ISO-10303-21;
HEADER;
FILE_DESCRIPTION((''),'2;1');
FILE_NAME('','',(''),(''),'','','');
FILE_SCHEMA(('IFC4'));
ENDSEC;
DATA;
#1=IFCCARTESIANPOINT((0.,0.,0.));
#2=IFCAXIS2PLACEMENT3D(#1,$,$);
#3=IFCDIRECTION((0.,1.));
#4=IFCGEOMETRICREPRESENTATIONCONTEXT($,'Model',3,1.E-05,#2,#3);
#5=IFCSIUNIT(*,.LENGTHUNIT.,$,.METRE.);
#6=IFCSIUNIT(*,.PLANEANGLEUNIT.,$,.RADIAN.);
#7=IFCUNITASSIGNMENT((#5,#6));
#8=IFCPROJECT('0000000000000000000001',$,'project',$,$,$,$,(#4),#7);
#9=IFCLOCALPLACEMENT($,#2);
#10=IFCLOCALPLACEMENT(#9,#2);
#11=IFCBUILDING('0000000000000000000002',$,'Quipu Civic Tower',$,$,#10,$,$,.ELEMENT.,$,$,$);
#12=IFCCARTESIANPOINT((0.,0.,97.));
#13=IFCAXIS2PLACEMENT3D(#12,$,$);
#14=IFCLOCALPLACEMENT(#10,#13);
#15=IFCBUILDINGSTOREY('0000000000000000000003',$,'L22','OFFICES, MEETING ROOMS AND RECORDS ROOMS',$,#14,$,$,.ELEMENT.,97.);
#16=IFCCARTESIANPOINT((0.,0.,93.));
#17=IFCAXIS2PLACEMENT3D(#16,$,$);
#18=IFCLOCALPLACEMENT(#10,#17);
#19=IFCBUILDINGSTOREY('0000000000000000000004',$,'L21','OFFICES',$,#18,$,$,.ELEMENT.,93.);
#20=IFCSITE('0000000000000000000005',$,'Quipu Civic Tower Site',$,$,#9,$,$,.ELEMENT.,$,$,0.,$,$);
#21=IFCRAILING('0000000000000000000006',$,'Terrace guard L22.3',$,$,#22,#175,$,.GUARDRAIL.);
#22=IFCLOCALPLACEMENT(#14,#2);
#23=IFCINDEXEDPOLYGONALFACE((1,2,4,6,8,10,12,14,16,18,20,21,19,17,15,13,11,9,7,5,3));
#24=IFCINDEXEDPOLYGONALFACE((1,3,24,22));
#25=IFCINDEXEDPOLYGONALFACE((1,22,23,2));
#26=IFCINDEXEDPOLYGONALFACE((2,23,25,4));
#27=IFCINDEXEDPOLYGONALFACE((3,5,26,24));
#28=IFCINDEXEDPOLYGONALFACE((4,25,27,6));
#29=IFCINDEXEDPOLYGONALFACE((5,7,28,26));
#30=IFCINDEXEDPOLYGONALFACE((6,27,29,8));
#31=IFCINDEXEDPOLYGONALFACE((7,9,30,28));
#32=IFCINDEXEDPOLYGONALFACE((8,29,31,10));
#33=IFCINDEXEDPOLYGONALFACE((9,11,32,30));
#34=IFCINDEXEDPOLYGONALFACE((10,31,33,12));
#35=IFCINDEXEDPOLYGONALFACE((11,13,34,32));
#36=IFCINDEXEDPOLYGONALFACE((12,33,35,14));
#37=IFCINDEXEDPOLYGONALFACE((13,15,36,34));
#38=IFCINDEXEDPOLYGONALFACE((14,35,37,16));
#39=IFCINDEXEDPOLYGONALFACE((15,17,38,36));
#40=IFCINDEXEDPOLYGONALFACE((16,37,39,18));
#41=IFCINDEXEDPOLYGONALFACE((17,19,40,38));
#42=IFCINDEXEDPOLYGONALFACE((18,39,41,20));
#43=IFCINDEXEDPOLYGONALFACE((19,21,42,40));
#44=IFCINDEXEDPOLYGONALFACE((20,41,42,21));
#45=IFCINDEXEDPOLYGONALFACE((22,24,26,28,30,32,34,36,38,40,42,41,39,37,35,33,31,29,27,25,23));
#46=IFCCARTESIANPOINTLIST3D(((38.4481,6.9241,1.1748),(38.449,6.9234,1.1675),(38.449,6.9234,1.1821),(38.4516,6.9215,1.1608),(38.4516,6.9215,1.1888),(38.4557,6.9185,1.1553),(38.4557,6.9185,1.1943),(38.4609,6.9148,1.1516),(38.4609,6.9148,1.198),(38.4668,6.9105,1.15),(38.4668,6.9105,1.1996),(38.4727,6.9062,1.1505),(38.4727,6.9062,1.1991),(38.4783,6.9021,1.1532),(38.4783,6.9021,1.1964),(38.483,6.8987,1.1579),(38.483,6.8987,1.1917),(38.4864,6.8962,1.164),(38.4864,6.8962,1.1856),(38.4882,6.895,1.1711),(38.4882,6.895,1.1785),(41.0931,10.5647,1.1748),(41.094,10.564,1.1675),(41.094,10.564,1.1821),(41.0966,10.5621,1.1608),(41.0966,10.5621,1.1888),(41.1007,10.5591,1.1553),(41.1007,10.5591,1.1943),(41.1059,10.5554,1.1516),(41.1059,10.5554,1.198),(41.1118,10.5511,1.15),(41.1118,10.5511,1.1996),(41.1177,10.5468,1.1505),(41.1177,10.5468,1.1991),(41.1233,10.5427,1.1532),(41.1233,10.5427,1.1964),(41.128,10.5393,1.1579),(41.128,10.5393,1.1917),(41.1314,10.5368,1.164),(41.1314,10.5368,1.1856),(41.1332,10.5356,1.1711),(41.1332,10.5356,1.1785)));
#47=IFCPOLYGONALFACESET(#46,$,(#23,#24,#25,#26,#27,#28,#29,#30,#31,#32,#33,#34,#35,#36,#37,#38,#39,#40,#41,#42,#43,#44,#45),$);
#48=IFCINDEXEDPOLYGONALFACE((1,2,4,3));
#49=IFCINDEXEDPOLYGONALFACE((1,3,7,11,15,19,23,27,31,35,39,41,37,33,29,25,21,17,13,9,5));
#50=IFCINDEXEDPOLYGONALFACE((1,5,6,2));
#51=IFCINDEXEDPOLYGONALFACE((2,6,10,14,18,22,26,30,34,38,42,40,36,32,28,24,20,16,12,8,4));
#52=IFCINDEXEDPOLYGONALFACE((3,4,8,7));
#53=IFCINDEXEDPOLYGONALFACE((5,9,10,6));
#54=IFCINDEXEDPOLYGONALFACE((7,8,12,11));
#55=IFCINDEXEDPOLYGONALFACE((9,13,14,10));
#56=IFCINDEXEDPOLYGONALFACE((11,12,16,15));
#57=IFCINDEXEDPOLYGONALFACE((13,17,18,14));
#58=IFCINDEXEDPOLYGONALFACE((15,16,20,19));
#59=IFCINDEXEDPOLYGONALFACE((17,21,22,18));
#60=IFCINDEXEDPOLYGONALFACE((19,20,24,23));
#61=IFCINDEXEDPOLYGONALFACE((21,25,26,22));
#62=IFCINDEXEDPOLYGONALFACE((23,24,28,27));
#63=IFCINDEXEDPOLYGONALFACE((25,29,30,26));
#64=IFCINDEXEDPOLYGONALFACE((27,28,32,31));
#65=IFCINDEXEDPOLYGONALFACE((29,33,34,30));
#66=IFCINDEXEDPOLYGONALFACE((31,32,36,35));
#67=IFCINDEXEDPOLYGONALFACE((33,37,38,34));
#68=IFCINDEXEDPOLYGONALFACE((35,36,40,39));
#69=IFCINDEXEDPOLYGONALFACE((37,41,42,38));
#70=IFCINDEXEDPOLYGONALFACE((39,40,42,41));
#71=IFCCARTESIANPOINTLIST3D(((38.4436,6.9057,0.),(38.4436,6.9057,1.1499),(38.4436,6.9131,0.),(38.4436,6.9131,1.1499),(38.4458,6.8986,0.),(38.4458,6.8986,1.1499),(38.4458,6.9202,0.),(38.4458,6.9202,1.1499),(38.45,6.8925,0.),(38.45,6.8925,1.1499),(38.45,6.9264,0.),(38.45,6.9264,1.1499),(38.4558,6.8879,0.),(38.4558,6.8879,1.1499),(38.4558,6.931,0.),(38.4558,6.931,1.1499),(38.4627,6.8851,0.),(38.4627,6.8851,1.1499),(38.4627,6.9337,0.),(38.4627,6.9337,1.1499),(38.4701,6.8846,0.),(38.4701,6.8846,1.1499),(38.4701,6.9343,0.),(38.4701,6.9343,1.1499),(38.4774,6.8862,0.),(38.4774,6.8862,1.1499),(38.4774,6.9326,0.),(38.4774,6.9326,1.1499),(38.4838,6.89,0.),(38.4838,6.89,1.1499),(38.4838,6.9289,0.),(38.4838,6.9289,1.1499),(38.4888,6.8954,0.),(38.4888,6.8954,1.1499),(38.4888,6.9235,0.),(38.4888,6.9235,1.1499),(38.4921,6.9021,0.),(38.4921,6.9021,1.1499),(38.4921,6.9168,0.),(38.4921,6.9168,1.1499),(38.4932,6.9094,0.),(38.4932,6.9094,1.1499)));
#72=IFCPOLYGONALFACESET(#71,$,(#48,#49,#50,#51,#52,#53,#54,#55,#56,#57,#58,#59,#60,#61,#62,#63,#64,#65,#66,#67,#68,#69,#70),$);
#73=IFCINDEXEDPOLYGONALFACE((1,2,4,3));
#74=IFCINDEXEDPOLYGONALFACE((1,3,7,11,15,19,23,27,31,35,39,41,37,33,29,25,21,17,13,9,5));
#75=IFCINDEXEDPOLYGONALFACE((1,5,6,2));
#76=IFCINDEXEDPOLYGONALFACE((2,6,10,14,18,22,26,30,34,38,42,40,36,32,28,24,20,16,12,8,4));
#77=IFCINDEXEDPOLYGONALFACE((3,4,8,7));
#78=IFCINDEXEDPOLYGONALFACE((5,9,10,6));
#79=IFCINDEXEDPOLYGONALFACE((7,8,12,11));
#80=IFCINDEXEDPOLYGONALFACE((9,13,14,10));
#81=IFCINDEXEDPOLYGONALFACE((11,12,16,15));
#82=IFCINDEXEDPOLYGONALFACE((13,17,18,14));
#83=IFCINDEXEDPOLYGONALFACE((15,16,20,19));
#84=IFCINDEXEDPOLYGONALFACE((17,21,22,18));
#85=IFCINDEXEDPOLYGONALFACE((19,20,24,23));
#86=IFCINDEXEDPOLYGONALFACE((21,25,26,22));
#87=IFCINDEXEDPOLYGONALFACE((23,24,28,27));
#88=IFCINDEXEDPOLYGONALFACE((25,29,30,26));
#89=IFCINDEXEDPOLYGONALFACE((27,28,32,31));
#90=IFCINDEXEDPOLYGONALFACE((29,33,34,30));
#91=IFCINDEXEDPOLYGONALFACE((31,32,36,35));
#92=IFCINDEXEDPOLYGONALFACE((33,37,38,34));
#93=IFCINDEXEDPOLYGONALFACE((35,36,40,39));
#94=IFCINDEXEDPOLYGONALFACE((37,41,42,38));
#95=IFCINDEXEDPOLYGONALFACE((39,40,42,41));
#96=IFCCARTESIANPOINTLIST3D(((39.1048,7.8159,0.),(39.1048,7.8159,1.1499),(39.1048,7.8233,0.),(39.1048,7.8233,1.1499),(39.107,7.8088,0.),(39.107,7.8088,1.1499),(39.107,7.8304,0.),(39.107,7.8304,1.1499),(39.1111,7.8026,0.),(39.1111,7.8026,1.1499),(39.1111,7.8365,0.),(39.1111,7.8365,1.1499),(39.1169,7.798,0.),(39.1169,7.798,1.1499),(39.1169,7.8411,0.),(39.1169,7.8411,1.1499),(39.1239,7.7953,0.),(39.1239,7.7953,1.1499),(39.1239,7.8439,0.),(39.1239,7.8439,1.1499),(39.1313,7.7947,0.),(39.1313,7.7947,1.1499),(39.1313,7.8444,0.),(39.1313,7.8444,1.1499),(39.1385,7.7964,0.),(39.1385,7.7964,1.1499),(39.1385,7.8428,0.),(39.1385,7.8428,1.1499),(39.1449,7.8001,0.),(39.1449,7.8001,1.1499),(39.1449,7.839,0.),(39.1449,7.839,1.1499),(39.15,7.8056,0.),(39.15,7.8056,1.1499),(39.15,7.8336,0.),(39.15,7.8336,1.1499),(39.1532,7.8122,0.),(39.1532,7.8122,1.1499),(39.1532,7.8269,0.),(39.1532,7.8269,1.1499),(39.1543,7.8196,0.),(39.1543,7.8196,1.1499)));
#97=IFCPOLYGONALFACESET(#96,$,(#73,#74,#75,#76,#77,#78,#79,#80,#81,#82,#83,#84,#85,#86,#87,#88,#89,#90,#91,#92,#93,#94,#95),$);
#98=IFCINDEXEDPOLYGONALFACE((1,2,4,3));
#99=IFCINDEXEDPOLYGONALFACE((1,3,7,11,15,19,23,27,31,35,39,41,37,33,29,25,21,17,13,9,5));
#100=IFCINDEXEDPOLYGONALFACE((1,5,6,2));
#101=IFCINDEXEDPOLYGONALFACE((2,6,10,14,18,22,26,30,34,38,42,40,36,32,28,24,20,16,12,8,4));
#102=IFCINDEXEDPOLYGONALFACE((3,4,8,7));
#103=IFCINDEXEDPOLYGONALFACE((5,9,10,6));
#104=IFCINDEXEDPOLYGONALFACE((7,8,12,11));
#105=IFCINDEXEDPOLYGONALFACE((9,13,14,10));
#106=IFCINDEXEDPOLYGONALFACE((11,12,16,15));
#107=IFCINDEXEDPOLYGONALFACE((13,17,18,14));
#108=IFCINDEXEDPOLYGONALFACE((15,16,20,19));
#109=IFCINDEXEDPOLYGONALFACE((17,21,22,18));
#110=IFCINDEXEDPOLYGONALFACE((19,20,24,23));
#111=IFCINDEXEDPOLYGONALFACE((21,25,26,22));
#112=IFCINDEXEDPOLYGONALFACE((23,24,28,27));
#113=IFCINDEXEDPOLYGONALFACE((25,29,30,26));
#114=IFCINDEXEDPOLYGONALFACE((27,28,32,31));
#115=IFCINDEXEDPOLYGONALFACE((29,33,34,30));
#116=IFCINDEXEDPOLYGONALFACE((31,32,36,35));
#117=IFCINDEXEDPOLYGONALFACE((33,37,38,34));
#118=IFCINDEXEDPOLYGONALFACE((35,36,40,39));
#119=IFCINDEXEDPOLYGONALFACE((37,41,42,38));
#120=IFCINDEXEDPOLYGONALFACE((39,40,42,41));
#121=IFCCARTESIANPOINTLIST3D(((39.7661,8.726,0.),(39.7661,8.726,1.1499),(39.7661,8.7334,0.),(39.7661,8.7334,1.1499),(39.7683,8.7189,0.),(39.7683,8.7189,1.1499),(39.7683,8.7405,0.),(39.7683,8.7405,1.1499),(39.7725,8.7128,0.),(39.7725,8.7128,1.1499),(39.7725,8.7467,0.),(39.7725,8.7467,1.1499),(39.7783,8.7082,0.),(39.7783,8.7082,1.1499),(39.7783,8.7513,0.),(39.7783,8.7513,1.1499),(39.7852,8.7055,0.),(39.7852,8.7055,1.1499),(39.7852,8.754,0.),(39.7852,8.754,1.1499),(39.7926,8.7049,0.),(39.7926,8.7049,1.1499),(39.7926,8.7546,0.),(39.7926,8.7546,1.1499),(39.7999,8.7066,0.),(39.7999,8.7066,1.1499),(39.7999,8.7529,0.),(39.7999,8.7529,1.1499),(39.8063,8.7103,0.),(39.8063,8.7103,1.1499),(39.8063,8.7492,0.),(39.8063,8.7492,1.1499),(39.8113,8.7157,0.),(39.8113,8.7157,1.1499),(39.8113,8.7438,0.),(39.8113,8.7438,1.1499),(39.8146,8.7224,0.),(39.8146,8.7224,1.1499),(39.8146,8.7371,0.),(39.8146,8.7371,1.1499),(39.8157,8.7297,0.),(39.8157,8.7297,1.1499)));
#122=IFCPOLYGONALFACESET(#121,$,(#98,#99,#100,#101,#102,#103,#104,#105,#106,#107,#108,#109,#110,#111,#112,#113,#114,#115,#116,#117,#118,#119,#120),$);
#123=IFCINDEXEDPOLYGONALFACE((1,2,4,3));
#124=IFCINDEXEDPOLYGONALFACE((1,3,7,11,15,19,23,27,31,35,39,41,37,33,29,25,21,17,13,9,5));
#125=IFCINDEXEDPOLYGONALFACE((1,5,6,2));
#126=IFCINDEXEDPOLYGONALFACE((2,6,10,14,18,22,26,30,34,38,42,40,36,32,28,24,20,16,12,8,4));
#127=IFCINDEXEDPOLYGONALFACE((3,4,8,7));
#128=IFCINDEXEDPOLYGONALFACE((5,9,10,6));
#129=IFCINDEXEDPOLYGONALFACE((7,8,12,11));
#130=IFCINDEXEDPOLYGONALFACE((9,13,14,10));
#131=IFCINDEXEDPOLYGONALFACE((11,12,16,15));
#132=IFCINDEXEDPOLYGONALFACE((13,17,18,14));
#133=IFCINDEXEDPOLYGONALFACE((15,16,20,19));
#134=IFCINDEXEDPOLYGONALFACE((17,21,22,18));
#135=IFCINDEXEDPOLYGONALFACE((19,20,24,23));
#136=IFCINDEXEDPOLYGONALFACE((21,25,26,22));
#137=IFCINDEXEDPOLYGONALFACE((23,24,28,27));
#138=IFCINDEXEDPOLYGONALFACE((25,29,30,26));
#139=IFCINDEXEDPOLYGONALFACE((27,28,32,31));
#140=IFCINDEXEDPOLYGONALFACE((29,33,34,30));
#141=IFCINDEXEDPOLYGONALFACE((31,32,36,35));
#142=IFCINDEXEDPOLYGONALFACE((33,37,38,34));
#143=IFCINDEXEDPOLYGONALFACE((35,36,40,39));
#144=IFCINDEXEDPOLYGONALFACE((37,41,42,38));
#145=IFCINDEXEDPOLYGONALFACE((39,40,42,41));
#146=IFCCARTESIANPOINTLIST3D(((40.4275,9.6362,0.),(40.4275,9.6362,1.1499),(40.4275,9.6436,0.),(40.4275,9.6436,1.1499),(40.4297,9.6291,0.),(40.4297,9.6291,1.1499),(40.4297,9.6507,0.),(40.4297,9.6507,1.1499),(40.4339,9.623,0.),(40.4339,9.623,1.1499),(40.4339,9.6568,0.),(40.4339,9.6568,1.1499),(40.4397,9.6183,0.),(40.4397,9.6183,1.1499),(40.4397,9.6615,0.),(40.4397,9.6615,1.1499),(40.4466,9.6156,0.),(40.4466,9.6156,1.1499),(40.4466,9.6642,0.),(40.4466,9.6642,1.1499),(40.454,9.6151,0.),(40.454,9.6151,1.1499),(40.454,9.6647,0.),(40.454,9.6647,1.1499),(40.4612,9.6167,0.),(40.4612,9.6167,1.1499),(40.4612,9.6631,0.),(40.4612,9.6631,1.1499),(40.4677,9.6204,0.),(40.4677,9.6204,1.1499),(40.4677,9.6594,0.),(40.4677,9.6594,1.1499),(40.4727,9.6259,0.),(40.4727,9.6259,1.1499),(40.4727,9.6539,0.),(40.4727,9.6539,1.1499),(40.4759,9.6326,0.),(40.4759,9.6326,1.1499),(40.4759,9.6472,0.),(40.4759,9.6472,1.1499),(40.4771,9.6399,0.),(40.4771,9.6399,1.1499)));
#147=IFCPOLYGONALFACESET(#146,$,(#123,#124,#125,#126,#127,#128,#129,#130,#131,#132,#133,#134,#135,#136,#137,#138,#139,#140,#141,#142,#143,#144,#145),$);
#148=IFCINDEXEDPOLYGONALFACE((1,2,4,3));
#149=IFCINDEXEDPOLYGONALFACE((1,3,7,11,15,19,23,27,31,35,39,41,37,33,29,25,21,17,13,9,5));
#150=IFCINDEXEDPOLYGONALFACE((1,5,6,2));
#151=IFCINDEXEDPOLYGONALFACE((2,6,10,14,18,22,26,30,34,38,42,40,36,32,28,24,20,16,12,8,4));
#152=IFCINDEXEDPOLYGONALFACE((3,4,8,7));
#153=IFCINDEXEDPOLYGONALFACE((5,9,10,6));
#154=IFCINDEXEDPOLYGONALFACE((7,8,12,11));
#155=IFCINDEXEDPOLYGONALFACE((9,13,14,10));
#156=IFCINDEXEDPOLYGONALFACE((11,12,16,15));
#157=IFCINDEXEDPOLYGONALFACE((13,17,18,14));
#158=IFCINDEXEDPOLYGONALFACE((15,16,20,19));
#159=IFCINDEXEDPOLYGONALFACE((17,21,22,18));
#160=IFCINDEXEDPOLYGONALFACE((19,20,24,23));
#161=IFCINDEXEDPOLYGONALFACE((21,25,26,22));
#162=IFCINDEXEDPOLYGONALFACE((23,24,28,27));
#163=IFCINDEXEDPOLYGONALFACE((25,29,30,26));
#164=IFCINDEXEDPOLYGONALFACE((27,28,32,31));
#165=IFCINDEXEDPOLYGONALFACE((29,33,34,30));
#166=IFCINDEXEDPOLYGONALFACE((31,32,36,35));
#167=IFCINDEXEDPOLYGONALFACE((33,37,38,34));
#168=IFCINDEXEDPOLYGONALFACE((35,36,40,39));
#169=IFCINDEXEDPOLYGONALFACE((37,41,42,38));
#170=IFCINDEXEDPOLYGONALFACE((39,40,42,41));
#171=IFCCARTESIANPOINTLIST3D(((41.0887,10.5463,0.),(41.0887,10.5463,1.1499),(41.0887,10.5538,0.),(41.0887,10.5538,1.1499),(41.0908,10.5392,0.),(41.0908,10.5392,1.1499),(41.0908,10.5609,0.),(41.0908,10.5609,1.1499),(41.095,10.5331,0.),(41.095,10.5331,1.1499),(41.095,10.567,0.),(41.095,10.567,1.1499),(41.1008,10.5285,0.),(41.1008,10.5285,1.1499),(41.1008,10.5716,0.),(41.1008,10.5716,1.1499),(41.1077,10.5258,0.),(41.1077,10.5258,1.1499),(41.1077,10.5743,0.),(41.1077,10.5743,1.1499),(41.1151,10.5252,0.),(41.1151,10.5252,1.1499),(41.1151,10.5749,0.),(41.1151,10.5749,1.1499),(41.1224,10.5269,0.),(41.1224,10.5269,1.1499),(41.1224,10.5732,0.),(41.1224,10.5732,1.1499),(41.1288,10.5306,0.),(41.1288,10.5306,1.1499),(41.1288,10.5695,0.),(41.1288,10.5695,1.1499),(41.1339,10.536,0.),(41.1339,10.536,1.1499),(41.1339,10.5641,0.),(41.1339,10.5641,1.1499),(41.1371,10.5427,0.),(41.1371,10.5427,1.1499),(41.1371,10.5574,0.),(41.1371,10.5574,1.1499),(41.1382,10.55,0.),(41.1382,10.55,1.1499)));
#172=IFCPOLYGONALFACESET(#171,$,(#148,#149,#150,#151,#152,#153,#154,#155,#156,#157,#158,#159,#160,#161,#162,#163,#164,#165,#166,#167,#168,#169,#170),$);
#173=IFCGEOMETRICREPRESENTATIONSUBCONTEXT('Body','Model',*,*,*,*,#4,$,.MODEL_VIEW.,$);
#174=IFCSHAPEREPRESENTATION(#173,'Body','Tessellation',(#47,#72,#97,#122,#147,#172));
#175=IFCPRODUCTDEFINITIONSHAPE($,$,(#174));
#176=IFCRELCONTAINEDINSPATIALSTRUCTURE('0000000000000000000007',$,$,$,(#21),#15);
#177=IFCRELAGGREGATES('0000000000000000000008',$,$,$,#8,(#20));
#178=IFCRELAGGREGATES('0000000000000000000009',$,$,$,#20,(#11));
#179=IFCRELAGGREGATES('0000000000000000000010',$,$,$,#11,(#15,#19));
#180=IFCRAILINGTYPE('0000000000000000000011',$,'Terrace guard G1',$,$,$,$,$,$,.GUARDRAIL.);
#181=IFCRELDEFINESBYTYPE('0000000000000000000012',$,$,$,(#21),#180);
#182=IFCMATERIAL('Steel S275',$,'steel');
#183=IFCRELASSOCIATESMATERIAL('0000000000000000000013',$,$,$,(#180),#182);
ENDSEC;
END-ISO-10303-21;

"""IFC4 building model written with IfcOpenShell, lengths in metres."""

from ifc_helpers import new_model, si_unit, direction, frame, origin, origin_2d, place, context, subcontext, project, spatial, circle, extrude, material, type_object, element, save


model = new_model("IFC4")

# Units and contexts
model_context = context("Model", 3, precision=1e-05, world=origin(), true_north=direction((0.0, 1.0)))
body_context = subcontext(model_context, "Body", "Model", "MODEL_VIEW")
ifc_project = project(units=[si_unit("LENGTHUNIT", "METRE"), si_unit("PLANEANGLEUNIT", "RADIAN")], contexts=[model_context])

# Site, building, storey
site_placement = place(None, origin())
site = spatial("IfcSite", under=ifc_project, at=site_placement, Name="Quipu Civic Tower Site", CompositionType="ELEMENT", RefElevation=0.0)
building_placement = place(site_placement, origin())
building = spatial("IfcBuilding", under=site, at=building_placement, Name="Quipu Civic Tower", CompositionType="ELEMENT")
storey_1_placement = place(building_placement, frame((0.0, 0.0, 97.0)))
storey_1 = spatial("IfcBuildingStorey", under=building, at=storey_1_placement, Name="L22", Description="OFFICES, MEETING ROOMS AND RECORDS ROOMS", CompositionType="ELEMENT", Elevation=97.0)

# Shared definitions
storey_2_placement = place(building_placement, frame((0.0, 0.0, 93.0)))
storey_2 = spatial("IfcBuildingStorey", under=building, at=storey_2_placement, Name="L21", Description="OFFICES", CompositionType="ELEMENT", Elevation=93.0)

# Railing
ifc_material_1 = material(Name="Steel S275", Category="steel")
railing_type = type_object("IfcRailingType", Name="Terrace guard G1", PredefinedType="GUARDRAIL", material=ifc_material_1)
railing_1_placement = place(storey_1_placement, frame((38.4683, 6.9094, 0.0)))
element("IfcRailing", 1, at=railing_1_placement, inside=storey_1, type_object=railing_type, Name="Terrace guard L22.3", PredefinedType="GUARDRAIL", context=body_context, shape_type="SweptSolid", body=[
    extrude(circle(Radius=0.0249, at=origin_2d()), frame((0.0, 0.0, 1.1748), z_axis=(0.587778, 0.809022, 0.0), x_axis=(-0.809022, 0.587778, 0.0)), (0.0, 0.0, 1.0), 4.5),
    extrude(circle(Radius=0.0249, at=origin_2d()), origin(), (0.0, 0.0, 1.0), 1.1499),
    extrude(circle(Radius=0.0249, at=origin_2d()), frame((0.6611, 0.9102, 0.0)), (0.0, 0.0, 1.0), 1.1499),
    extrude(circle(Radius=0.0249, at=origin_2d()), frame((1.3225, 1.8203, 0.0)), (0.0, 0.0, 1.0), 1.1499),
    extrude(circle(Radius=0.0249, at=origin_2d()), frame((1.9839, 2.7305, 0.0)), (0.0, 0.0, 1.0), 1.1499),
    extrude(circle(Radius=0.0249, at=origin_2d()), frame((2.645, 3.6406, 0.0)), (0.0, 0.0, 1.0), 1.1499),
])

save(model, "model.ifc")
